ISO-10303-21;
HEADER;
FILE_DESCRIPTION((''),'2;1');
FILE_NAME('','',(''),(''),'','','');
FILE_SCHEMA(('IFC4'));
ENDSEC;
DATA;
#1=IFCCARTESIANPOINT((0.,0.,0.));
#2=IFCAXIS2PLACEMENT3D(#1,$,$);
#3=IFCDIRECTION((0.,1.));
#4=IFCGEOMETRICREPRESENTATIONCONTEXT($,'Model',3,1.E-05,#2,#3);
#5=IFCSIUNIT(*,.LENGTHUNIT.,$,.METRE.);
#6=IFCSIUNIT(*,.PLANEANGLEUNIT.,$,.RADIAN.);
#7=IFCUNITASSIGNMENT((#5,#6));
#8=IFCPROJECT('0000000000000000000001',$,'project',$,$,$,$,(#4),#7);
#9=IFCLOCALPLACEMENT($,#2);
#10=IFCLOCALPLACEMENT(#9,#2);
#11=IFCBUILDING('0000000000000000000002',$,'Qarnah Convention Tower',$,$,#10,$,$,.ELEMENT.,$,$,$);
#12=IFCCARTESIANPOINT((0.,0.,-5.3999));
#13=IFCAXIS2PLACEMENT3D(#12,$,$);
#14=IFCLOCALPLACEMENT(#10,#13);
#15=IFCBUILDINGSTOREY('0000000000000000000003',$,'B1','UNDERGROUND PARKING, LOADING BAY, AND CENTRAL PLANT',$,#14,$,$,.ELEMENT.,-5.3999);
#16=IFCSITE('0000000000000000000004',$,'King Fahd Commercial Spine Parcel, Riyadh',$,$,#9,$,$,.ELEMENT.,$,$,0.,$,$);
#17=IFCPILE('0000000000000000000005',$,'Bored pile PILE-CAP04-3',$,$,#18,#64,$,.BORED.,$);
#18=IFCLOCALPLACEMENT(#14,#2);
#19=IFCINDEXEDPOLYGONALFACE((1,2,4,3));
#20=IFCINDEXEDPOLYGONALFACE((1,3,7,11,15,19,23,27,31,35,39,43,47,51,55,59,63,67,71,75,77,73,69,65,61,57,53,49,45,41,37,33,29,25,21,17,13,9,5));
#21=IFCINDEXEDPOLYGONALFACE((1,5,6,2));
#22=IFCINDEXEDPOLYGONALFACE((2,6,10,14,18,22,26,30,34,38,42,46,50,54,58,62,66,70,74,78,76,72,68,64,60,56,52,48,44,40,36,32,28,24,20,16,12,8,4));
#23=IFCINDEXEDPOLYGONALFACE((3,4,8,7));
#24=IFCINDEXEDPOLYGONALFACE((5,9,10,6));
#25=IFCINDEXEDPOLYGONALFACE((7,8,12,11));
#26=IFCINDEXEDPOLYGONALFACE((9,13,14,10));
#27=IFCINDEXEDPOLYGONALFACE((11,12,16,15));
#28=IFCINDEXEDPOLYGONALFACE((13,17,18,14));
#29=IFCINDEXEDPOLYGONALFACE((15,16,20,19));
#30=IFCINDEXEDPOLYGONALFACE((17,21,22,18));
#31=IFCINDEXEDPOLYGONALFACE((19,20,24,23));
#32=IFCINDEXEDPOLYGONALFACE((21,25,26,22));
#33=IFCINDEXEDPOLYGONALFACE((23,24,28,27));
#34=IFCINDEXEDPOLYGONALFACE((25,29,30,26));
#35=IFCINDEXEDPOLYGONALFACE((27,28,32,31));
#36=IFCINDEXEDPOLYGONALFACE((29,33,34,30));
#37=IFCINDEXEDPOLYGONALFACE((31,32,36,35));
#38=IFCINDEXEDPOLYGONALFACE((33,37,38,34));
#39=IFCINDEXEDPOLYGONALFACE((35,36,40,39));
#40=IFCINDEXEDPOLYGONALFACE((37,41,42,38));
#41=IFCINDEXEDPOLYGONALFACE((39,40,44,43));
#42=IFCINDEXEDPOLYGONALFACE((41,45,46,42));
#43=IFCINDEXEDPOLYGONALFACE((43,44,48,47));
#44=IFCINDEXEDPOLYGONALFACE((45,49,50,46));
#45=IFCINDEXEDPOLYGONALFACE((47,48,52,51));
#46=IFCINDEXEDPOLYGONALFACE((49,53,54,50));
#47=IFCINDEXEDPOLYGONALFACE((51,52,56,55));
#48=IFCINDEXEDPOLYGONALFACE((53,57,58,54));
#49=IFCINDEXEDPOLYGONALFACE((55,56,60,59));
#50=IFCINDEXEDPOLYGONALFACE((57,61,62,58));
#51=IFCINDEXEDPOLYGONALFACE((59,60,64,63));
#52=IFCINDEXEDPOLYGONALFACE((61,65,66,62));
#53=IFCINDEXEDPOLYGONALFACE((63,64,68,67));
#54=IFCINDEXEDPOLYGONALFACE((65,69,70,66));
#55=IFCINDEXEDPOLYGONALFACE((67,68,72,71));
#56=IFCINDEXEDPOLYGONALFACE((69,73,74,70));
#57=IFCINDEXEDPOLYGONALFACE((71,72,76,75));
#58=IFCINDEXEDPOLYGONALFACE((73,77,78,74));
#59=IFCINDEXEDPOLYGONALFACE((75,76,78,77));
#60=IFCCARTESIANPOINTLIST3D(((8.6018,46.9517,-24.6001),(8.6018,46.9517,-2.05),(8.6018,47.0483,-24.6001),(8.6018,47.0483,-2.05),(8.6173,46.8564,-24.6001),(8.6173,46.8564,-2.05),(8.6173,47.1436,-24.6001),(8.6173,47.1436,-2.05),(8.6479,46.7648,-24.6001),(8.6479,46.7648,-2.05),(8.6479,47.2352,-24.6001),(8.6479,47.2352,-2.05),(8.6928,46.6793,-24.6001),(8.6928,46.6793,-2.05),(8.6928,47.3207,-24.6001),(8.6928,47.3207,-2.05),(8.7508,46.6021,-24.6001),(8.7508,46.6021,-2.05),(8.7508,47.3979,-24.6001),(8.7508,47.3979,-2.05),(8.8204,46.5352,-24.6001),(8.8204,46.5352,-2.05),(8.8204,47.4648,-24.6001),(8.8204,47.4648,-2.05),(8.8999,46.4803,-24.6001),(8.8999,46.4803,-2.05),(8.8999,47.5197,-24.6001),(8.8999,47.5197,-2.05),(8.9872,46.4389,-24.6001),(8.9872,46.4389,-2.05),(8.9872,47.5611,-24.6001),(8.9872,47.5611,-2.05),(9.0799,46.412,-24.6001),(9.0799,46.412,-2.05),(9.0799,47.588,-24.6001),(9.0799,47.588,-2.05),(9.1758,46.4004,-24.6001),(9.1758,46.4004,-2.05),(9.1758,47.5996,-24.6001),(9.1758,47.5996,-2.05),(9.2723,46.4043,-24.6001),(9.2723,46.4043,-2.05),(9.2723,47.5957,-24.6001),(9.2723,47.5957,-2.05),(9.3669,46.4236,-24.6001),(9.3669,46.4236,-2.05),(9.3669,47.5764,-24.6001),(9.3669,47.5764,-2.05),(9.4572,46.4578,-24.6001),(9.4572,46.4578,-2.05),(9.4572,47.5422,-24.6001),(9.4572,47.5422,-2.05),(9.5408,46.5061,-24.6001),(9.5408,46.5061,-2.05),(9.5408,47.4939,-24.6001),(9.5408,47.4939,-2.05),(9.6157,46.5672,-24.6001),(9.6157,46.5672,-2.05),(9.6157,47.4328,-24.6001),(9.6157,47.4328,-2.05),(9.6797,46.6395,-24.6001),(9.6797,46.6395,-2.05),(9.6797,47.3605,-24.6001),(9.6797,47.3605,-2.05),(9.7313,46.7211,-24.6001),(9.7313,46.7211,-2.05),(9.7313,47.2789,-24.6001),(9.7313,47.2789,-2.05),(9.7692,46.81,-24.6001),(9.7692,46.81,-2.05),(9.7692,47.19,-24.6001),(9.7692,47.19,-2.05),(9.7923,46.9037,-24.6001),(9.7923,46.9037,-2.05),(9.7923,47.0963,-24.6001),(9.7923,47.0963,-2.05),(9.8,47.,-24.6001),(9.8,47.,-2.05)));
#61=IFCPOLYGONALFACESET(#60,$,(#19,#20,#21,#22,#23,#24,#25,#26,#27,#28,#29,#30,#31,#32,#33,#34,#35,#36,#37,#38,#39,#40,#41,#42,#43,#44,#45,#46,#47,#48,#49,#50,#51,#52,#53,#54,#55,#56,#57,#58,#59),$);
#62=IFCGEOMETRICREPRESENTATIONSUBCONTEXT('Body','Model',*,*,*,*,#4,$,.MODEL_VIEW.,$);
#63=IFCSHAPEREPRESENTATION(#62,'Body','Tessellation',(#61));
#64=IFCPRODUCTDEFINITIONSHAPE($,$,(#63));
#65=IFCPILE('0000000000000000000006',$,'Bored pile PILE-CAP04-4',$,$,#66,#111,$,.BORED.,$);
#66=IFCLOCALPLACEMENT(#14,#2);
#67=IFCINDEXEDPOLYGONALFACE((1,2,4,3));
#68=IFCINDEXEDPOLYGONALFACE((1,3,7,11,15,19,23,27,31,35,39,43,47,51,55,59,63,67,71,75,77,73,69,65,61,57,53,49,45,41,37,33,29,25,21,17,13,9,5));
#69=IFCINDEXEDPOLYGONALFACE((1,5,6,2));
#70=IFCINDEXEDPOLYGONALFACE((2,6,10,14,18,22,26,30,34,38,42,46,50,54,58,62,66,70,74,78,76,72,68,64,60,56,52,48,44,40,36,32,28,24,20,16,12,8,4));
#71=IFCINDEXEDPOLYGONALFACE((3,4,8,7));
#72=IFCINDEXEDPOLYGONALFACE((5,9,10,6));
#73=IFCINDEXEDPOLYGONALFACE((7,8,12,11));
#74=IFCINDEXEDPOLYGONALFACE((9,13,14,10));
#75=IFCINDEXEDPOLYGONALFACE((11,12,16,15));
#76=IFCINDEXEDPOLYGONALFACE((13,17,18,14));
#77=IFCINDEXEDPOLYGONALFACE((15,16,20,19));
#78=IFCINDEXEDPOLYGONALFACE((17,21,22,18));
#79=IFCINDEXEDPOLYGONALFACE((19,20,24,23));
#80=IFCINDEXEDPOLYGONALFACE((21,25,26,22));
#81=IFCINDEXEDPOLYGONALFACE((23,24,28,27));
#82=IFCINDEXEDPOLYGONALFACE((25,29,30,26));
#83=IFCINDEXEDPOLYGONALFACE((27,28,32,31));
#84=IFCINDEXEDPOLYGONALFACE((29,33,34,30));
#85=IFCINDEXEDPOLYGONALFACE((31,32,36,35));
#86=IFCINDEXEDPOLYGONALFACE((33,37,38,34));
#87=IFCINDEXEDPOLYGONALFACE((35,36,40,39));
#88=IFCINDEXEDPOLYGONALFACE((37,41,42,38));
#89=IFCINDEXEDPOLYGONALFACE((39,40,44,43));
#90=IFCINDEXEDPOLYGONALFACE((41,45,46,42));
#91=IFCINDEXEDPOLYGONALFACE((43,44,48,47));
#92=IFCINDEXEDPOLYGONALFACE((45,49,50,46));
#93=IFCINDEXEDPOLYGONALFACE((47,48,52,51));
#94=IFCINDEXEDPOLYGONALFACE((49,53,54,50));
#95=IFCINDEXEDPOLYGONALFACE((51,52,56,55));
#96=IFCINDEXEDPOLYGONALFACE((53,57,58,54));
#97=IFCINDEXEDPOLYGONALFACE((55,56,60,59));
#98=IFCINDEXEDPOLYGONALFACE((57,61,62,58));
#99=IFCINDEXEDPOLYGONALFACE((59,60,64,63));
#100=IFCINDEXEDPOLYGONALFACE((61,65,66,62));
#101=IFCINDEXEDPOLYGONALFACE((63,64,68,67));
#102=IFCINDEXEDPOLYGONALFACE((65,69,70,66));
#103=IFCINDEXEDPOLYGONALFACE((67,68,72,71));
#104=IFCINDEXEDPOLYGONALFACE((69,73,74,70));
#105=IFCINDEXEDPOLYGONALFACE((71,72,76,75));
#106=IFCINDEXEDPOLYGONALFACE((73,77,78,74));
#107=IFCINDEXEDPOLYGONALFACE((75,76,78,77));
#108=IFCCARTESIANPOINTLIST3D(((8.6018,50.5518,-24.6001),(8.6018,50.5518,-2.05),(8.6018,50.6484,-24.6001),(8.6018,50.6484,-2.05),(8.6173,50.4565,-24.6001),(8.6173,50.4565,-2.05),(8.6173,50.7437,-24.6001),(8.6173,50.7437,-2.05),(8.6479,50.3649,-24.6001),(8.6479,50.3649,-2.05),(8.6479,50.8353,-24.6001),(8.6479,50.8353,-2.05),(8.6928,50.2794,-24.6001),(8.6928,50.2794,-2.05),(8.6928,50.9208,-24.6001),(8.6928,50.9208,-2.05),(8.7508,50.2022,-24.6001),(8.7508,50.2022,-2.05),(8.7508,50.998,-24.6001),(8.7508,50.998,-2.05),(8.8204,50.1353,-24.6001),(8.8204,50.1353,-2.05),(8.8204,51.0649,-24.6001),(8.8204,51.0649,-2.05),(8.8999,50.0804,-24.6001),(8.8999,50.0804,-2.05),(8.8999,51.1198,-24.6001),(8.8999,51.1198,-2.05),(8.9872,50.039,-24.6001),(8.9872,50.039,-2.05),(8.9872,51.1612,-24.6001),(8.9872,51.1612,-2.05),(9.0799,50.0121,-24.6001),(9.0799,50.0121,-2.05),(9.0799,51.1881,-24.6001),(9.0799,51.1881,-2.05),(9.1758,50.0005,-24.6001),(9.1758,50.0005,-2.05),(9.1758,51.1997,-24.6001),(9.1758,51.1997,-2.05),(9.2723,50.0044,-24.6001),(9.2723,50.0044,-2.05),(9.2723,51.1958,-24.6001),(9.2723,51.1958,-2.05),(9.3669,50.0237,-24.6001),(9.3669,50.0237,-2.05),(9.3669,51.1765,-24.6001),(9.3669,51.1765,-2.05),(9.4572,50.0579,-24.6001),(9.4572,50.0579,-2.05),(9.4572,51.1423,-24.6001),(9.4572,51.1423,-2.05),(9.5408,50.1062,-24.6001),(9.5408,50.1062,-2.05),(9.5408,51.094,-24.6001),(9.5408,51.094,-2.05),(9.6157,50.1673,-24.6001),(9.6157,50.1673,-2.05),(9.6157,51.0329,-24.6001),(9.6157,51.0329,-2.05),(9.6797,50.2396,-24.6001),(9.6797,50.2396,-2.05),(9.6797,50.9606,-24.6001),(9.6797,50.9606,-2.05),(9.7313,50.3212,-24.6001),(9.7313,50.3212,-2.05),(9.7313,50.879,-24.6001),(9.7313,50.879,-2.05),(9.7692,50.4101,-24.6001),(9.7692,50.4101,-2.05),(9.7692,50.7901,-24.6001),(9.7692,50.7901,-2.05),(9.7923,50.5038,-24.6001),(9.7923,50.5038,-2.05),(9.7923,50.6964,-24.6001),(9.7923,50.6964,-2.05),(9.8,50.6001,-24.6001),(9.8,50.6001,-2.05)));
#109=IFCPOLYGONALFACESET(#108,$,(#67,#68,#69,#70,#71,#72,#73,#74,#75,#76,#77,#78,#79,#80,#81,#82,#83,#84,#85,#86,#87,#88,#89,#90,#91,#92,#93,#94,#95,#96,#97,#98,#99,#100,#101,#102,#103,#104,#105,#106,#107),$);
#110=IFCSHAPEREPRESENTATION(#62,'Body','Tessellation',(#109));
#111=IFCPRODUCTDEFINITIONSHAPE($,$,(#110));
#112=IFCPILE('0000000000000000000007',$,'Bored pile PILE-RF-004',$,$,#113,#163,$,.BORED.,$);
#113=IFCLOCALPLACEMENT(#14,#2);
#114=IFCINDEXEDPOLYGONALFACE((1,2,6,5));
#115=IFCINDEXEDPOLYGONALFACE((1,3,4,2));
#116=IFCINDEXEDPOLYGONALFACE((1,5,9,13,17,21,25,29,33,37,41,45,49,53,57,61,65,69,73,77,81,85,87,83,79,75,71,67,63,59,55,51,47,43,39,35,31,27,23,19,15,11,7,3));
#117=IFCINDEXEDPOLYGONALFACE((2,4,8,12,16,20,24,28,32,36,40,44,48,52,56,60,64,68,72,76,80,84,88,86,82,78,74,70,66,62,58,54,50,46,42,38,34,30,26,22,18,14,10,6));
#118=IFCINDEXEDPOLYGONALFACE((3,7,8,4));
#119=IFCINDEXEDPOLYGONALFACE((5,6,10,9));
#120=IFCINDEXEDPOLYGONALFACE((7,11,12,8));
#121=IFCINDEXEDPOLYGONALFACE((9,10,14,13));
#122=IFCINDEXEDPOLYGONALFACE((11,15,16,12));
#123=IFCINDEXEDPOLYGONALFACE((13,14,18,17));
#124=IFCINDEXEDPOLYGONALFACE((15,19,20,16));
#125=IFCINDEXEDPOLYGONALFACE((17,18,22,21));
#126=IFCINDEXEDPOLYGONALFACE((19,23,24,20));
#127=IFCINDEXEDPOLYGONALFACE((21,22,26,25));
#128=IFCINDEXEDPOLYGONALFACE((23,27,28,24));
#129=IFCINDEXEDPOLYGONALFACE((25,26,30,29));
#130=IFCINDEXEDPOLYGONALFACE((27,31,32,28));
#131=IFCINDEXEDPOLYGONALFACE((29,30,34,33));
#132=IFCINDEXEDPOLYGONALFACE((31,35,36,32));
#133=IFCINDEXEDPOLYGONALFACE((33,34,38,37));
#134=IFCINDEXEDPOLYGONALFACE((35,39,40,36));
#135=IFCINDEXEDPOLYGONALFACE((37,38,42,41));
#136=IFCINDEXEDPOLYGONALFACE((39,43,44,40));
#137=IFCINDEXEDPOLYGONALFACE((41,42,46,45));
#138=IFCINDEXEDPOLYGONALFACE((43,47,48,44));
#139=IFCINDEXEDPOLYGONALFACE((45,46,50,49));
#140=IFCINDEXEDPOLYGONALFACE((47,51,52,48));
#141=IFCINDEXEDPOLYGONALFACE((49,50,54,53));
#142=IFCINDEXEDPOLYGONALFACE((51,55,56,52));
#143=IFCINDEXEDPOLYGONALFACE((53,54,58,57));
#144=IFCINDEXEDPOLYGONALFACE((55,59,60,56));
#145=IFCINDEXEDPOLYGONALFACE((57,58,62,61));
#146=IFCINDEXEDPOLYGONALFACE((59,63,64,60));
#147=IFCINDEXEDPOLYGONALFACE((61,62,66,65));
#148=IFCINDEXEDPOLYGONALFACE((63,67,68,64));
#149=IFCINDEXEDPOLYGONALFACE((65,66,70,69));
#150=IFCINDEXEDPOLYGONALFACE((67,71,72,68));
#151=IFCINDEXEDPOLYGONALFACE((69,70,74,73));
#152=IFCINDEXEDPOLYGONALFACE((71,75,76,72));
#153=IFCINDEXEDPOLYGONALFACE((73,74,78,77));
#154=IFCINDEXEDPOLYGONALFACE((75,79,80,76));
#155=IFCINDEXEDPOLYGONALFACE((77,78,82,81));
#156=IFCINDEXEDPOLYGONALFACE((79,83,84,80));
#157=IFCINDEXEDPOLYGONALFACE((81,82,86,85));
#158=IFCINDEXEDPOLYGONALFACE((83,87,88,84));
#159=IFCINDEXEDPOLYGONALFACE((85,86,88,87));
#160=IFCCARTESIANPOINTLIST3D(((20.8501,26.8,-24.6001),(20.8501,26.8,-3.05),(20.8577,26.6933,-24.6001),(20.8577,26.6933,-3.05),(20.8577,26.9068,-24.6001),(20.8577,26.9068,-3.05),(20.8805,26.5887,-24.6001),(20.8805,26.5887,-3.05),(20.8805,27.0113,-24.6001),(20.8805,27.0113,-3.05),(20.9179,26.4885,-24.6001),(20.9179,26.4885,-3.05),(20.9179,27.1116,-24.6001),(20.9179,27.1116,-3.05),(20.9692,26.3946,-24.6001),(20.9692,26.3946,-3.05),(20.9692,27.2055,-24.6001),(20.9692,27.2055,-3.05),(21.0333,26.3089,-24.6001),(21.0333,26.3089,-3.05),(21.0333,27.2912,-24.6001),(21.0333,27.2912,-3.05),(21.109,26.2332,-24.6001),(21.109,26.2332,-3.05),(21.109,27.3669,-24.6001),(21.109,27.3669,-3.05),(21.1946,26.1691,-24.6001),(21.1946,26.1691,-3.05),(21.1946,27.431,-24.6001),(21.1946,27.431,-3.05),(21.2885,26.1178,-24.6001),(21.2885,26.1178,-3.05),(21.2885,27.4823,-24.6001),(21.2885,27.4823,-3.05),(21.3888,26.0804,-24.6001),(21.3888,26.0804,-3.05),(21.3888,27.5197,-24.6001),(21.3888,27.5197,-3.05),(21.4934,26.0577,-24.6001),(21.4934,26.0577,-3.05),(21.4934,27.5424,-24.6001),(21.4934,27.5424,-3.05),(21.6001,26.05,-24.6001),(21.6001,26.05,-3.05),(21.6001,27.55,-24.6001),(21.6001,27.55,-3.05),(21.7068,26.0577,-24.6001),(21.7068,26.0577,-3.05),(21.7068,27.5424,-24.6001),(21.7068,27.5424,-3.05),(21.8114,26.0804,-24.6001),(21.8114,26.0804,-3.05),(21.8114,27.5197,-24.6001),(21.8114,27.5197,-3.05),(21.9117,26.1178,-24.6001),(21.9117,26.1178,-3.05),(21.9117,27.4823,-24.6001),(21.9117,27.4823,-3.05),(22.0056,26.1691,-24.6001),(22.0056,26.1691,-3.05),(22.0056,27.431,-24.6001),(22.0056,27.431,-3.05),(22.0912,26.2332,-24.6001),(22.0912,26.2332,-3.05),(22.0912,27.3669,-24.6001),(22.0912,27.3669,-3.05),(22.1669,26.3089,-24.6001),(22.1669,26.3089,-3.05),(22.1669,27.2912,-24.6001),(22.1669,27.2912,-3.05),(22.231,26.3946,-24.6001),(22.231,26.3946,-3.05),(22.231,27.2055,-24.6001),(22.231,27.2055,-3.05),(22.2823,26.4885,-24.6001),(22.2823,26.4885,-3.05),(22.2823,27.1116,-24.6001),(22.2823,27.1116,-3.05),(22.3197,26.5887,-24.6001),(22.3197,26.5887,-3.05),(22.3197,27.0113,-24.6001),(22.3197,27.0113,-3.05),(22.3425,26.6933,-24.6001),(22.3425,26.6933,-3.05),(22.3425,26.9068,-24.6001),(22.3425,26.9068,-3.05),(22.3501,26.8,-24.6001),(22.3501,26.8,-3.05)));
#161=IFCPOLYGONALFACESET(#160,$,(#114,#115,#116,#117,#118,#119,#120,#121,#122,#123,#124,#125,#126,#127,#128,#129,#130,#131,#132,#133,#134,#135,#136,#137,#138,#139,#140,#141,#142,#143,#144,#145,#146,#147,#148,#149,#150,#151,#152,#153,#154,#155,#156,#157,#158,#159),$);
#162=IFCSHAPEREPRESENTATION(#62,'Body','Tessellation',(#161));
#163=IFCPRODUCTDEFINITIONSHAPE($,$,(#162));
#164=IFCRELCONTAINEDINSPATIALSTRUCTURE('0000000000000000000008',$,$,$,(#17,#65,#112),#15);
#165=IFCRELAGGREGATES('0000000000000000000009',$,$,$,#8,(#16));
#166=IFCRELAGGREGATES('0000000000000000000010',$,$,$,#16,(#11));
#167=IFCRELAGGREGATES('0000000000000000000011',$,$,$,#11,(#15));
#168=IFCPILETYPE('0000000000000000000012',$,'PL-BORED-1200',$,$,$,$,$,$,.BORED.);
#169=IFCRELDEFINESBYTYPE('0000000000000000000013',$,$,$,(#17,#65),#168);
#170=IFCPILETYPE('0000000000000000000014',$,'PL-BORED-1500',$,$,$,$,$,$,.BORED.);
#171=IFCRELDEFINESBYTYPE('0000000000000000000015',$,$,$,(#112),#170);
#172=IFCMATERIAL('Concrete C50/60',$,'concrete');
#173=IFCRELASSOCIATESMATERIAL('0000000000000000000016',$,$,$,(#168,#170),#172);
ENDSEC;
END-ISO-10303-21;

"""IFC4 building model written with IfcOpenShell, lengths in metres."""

from ifc_helpers import new_model, si_unit, direction, frame, origin, origin_2d, place, context, subcontext, project, spatial, circle, extrude, material, material_profile, profile_set, type_object, element, save


model = new_model("IFC4")

# Units and contexts
model_context = context("Model", 3, precision=1e-05, world=origin(), true_north=direction((0.0, 1.0)))
body_context = subcontext(model_context, "Body", "Model", "MODEL_VIEW")
ifc_project = project(units=[si_unit("LENGTHUNIT", "METRE"), si_unit("PLANEANGLEUNIT", "RADIAN")], contexts=[model_context])

# Site, building, storey
site_placement = place(None, origin())
site = spatial("IfcSite", under=ifc_project, at=site_placement, Name="King Fahd Commercial Spine Parcel, Riyadh", CompositionType="ELEMENT", RefElevation=0.0)
building_placement = place(site_placement, origin())
building = spatial("IfcBuilding", under=site, at=building_placement, Name="Qarnah Convention Tower", CompositionType="ELEMENT")
storey_placement = place(building_placement, frame((0.0, 0.0, -5.3999)))
storey = spatial("IfcBuildingStorey", under=building, at=storey_placement, Name="B1", Description="UNDERGROUND PARKING, LOADING BAY, AND CENTRAL PLANT", CompositionType="ELEMENT", Elevation=-5.3999)

# Shared definitions
ifc_material_1 = material(Name="Concrete C50/60", Category="concrete")

# Piles
ifc_material_profile_1 = material_profile(ifc_material_1, circle(Radius=0.6001, at=origin_2d()), Name="PILE-D1200")
ifc_profile_set_1 = profile_set([ifc_material_profile_1], Name="Concrete C50/60")
pile_type_1 = type_object("IfcPileType", Name="PL-BORED-1200", PredefinedType="BORED", material=ifc_profile_set_1)
for number, where, z_axis, x_axis, name in (
    (1, (9.2, 47.0, -2.05), (0.0, 0.0, -1.0), (1.0, 0.0, 0.0), "Bored pile PILE-CAP04-3"),
    (2, (9.2, 50.6001, -2.05), (0.0, 0.0, -1.0), (1.0, 0.0, 0.0), "Bored pile PILE-CAP04-4"),
):
    element("IfcPile", number, at=place(storey_placement, frame(where, z_axis=z_axis, x_axis=x_axis)), inside=storey, type_object=pile_type_1, Name=name, PredefinedType="BORED", context=body_context, shape_type="SweptSolid", body=[
        extrude(circle(Radius=0.6001, at=origin_2d()), origin(), (0.0, 0.0, 1.0), 22.55),
    ])
ifc_material_profile_2 = material_profile(ifc_material_1, circle(Radius=0.75, at=origin_2d()), Name="PILE-D1500")
ifc_profile_set_2 = profile_set([ifc_material_profile_2], Name="Concrete C50/60")
pile_type_2 = type_object("IfcPileType", Name="PL-BORED-1500", PredefinedType="BORED", material=ifc_profile_set_2)
for number, where, z_axis, x_axis, name in (
    (3, (21.6001, 26.8, -3.05), (0.0, 0.0, -1.0), (1.0, 0.0, 0.0), "Bored pile PILE-RF-004"),
):
    element("IfcPile", number, at=place(storey_placement, frame(where, z_axis=z_axis, x_axis=x_axis)), inside=storey, type_object=pile_type_2, Name=name, PredefinedType="BORED", context=body_context, shape_type="SweptSolid", body=[
        extrude(circle(Radius=0.75, at=origin_2d()), origin(), (0.0, 0.0, 1.0), 21.55),
    ])

save(model, "model.ifc")
